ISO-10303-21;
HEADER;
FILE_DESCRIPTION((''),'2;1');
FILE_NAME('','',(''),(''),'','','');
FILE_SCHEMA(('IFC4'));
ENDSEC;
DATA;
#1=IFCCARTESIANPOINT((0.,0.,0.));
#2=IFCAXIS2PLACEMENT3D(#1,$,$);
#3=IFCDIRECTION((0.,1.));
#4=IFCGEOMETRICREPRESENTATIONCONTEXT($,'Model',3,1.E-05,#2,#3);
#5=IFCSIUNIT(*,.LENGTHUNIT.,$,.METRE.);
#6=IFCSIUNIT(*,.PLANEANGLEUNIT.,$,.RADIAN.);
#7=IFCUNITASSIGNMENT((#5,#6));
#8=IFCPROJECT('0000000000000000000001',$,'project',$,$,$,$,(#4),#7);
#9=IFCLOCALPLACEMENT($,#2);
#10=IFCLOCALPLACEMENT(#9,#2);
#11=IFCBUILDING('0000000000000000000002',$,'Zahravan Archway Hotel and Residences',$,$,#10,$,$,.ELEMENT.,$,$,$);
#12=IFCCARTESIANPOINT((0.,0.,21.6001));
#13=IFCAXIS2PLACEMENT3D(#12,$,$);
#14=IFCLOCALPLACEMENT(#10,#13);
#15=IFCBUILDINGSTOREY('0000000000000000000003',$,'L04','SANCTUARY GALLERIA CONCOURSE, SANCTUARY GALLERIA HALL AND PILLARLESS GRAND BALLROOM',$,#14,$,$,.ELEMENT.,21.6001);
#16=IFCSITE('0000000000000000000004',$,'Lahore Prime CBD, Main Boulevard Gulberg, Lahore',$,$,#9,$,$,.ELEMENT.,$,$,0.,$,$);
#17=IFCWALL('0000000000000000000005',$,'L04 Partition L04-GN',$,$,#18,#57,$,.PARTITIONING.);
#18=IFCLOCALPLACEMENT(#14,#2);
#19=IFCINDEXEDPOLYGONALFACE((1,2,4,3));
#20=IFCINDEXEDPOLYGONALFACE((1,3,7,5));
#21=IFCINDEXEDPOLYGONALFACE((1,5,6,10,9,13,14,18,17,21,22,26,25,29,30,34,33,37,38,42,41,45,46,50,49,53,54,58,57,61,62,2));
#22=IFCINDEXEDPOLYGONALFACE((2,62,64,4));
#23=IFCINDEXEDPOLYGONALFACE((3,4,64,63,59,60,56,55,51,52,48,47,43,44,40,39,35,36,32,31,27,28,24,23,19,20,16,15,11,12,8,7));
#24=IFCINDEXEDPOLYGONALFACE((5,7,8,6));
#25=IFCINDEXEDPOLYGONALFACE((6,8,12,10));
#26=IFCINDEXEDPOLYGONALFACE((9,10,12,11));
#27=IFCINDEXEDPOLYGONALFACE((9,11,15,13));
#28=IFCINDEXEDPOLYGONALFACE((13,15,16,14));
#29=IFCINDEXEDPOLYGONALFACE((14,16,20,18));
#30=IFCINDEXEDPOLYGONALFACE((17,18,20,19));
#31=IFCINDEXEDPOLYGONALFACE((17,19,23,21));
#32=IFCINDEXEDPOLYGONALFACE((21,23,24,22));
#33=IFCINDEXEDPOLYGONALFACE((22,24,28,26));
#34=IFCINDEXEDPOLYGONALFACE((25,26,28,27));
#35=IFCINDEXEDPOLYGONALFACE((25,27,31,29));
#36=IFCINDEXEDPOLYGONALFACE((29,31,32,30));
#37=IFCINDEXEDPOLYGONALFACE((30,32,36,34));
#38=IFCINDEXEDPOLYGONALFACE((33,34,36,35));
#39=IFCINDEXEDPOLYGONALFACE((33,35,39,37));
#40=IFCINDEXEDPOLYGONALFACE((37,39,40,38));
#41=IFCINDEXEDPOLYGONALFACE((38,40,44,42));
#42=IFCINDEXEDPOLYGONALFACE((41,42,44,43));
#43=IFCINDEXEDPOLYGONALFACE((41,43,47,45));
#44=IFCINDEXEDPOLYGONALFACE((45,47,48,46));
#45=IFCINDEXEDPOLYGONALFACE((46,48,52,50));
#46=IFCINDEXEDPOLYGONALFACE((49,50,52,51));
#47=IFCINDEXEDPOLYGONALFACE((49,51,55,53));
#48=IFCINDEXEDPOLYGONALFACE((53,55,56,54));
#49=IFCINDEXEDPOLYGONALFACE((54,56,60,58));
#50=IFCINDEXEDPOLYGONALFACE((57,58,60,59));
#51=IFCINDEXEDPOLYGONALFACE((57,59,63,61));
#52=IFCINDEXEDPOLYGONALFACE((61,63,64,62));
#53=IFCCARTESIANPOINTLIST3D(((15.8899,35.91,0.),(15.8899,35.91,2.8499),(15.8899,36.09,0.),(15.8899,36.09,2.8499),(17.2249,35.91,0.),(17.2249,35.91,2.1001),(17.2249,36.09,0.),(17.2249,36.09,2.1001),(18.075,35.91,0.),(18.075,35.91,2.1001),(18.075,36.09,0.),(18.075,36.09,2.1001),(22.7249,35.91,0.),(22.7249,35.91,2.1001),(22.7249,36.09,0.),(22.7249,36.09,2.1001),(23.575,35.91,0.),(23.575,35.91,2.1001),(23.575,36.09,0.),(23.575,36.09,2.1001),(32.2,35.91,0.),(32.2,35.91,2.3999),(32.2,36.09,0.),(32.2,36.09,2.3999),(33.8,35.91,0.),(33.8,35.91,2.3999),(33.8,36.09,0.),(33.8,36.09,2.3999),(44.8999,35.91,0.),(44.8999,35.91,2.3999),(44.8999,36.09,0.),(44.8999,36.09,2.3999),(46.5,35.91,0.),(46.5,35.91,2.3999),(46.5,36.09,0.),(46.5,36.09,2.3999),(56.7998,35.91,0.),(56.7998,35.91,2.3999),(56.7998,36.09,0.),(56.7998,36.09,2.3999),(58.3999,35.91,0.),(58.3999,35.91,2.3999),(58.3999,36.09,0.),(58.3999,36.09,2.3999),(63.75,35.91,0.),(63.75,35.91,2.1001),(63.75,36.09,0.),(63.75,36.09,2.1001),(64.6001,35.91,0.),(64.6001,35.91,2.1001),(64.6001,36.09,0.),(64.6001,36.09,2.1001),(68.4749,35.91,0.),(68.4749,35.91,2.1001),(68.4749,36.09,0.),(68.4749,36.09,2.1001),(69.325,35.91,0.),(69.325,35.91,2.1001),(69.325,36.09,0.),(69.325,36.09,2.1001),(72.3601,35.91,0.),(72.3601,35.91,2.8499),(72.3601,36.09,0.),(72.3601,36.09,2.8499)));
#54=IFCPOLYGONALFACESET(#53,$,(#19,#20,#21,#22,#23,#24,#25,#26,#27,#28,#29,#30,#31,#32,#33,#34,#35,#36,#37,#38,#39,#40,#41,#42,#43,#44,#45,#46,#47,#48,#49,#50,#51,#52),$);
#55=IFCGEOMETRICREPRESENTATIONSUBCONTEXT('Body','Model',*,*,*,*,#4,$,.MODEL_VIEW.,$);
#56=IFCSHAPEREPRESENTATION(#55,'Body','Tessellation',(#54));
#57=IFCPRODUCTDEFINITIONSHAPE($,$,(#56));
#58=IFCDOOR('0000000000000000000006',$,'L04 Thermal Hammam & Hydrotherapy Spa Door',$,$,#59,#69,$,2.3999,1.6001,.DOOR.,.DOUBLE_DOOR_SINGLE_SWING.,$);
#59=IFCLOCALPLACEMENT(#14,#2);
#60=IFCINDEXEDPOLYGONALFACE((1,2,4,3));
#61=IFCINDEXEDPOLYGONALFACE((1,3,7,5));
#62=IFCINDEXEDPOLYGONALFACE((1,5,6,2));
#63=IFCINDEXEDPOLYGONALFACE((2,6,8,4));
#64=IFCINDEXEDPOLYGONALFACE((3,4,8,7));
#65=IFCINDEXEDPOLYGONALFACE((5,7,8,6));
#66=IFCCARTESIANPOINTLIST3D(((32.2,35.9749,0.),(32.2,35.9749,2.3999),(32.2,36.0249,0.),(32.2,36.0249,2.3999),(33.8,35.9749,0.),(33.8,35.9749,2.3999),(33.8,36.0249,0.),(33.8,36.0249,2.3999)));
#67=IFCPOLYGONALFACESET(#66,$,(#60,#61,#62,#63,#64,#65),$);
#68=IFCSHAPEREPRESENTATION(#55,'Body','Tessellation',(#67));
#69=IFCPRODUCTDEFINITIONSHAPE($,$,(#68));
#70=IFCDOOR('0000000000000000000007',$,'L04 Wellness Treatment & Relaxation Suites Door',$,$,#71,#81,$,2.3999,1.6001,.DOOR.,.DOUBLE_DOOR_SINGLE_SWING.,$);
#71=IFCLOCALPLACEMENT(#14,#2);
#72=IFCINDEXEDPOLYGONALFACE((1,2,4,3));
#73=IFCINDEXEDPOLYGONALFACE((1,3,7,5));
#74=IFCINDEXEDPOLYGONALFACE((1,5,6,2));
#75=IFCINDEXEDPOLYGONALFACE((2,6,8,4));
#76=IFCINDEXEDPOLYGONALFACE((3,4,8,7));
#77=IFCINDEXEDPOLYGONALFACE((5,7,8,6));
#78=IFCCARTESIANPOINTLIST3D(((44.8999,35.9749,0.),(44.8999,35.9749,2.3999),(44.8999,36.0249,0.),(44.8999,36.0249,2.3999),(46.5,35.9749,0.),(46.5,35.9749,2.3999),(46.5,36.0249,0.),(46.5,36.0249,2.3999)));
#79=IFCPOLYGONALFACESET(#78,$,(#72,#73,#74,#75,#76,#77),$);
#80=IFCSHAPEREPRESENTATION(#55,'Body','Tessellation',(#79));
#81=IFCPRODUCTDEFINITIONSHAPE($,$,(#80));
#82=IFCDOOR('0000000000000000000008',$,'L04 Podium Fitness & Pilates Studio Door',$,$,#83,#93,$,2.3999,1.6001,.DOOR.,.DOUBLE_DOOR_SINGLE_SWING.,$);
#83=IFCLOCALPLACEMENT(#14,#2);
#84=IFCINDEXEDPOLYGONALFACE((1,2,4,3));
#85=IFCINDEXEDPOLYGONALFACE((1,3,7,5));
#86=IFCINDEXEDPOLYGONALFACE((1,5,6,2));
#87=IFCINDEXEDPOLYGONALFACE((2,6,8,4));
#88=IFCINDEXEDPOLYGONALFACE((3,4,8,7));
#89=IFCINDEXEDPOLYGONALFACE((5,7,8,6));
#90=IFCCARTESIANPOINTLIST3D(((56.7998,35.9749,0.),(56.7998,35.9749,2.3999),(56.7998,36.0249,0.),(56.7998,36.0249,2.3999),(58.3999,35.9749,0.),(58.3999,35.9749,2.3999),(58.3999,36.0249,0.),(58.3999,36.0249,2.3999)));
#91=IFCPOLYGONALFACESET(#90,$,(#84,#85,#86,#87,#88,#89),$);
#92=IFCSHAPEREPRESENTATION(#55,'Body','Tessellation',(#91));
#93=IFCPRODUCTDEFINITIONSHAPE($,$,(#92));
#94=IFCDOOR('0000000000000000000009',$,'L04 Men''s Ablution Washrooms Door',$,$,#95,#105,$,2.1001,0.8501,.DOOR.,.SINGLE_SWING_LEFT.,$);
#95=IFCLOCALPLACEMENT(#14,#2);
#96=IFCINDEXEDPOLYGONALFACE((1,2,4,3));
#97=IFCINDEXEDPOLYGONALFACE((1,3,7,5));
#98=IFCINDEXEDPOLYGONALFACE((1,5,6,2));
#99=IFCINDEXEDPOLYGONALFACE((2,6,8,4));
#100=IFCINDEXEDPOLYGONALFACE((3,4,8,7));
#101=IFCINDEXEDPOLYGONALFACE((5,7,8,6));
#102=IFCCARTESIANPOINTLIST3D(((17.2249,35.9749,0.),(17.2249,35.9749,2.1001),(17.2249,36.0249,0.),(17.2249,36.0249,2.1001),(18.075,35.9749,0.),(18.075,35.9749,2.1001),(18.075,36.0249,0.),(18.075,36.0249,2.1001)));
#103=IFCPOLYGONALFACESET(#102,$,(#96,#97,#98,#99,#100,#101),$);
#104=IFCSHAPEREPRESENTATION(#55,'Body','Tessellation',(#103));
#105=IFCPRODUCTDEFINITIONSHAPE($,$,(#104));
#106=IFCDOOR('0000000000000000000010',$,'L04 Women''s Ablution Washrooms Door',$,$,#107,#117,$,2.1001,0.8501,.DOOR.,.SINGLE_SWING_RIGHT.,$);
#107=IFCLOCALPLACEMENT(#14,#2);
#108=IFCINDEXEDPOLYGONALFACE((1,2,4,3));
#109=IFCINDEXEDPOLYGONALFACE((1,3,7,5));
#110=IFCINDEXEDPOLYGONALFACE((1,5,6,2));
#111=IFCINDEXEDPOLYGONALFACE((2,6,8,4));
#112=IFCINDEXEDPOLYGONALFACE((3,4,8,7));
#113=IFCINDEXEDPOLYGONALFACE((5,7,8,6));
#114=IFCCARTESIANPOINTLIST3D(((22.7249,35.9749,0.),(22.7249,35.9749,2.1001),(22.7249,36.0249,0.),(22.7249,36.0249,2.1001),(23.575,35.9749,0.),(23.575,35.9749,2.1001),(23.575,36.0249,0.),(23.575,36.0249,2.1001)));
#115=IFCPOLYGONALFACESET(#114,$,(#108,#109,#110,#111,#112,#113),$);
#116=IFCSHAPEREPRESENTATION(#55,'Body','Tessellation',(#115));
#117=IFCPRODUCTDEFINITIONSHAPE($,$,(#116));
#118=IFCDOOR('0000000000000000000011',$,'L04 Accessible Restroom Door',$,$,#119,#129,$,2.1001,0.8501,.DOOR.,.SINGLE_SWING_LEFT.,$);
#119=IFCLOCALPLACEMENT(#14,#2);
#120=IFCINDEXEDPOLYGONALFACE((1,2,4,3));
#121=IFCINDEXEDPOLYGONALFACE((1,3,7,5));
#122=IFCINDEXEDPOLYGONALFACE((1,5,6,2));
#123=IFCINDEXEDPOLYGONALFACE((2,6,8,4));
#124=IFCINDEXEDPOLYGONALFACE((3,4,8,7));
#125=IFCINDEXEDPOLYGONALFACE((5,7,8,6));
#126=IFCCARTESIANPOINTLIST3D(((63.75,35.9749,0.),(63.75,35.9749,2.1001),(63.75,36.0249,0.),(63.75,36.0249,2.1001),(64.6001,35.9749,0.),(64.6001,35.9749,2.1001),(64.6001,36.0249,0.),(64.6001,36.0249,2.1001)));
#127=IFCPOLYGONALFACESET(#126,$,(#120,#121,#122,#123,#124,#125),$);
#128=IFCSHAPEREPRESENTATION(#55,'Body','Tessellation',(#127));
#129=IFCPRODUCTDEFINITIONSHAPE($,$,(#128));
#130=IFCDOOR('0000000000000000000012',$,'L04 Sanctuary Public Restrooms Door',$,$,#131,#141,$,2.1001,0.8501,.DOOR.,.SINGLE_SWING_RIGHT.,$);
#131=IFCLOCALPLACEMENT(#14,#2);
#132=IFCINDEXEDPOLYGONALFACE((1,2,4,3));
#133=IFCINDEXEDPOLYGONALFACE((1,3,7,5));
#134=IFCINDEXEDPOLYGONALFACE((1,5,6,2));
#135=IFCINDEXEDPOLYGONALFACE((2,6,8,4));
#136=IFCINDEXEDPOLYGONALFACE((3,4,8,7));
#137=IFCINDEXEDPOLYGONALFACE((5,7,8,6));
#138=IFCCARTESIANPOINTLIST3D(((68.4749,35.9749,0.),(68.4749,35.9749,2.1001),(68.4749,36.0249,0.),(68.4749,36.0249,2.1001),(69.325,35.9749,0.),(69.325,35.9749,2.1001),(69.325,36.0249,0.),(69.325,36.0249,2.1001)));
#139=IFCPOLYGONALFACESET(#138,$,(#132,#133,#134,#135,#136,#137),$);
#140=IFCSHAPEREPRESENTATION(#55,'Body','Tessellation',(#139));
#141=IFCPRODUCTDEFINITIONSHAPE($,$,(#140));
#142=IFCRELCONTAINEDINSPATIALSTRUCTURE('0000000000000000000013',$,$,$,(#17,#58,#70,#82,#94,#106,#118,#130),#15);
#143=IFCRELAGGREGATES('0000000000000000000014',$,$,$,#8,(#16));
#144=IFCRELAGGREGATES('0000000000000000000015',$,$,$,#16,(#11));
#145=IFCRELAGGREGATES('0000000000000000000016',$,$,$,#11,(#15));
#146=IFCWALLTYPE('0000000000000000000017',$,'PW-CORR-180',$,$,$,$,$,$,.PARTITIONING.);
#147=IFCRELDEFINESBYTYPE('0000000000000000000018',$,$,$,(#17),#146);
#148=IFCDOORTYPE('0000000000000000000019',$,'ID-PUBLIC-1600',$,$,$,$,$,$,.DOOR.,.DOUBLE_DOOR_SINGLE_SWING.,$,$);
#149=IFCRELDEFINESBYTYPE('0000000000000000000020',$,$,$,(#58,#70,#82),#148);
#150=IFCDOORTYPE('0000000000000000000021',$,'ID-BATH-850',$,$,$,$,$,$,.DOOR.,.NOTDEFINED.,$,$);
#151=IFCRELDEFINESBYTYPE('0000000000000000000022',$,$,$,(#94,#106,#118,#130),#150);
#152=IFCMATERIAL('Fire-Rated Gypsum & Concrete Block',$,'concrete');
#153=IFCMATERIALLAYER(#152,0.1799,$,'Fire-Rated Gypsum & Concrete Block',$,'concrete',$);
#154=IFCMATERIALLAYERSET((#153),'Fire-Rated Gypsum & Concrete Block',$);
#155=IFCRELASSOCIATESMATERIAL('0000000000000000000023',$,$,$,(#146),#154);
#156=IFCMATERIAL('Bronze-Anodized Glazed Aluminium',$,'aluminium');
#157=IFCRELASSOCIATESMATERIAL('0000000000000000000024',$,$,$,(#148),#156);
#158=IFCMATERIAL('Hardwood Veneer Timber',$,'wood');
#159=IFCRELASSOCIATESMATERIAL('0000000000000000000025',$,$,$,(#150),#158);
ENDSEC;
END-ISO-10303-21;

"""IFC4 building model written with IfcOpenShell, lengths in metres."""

from ifc_helpers import new_model, si_unit, direction, frame, frame_2d, origin, place, context, subcontext, project, spatial, rectangle, extrude, source, transform, mapped, material, layer, layer_set, type_object, type_shapes, element, fill, save


model = new_model("IFC4")

# Units and contexts
model_context = context("Model", 3, precision=1e-05, world=origin(), true_north=direction((0.0, 1.0)))
body_context = subcontext(model_context, "Body", "Model", "MODEL_VIEW")
ifc_project = project(units=[si_unit("LENGTHUNIT", "METRE"), si_unit("PLANEANGLEUNIT", "RADIAN")], contexts=[model_context])

# Site, building, storey
site_placement = place(None, origin())
site = spatial("IfcSite", under=ifc_project, at=site_placement, Name="Lahore Prime CBD, Main Boulevard Gulberg, Lahore", CompositionType="ELEMENT", RefElevation=0.0)
building_placement = place(site_placement, origin())
building = spatial("IfcBuilding", under=site, at=building_placement, Name="Zahravan Archway Hotel and Residences", CompositionType="ELEMENT")
storey_placement = place(building_placement, frame((0.0, 0.0, 21.6001)))
storey = spatial("IfcBuildingStorey", under=building, at=storey_placement, Name="L04", Description="SANCTUARY GALLERIA CONCOURSE, SANCTUARY GALLERIA HALL AND PILLARLESS GRAND BALLROOM", CompositionType="ELEMENT", Elevation=21.6001)

# Wall, openings, doors
ifc_material_1 = material(Name="Fire-Rated Gypsum & Concrete Block", Category="concrete")
ifc_layer_1 = layer(ifc_material_1, 0.1799, Name="Fire-Rated Gypsum & Concrete Block", Category="concrete")
ifc_layer_set_1 = layer_set([ifc_layer_1], Name="Fire-Rated Gypsum & Concrete Block")
wall_type_1 = type_object("IfcWallType", Name="PW-CORR-180", PredefinedType="PARTITIONING", material=ifc_layer_set_1)
wall_1_placement = place(storey_placement, frame((15.8899, 36.0, 0.0), z_axis=(0.0, 0.0, 1.0), x_axis=(1.0, 0.0, 0.0)))
wall_1 = element("IfcWall", 1, at=wall_1_placement, inside=storey, type_object=wall_type_1, Name="L04 Partition L04-GN", PredefinedType="PARTITIONING", context=body_context, shape_type="SweptSolid", body=[
    extrude(rectangle(XDim=56.4702, YDim=0.1799, at=frame_2d((28.2351, 0.0))), origin(), (0.0, 0.0, 1.0), 2.8499),
])
opening_1_placement = place(wall_1_placement, frame((1.335, 0.0, 0.0)))
opening_1 = element("IfcOpeningElement", 2, at=opening_1_placement, cuts=wall_1, PredefinedType="OPENING", context=body_context, shape_type="SweptSolid", body=[
    extrude(rectangle(XDim=0.8501, YDim=2.1001, at=frame_2d((0.425, 1.05))), frame((0.0, 0.1001, 0.0), z_axis=(0.0, -1.0, 0.0), x_axis=(1.0, 0.0, 0.0)), (0.0, 0.0, 1.0), 0.2),
])
opening_2_placement = place(wall_1_placement, frame((6.835, 0.0, 0.0)))
opening_2 = element("IfcOpeningElement", 3, at=opening_2_placement, cuts=wall_1, PredefinedType="OPENING", context=body_context, shape_type="SweptSolid", body=[
    extrude(rectangle(XDim=0.8501, YDim=2.1001, at=frame_2d((0.425, 1.05))), frame((0.0, 0.1001, 0.0), z_axis=(0.0, -1.0, 0.0), x_axis=(1.0, 0.0, 0.0)), (0.0, 0.0, 1.0), 0.2),
])
opening_3_placement = place(wall_1_placement, frame((16.3101, 0.0, 0.0)))
opening_3 = element("IfcOpeningElement", 4, at=opening_3_placement, cuts=wall_1, PredefinedType="OPENING", context=body_context, shape_type="SweptSolid", body=[
    extrude(rectangle(XDim=1.6001, YDim=2.3999, at=frame_2d((0.8, 1.2))), frame((0.0, 0.1001, 0.0), z_axis=(0.0, -1.0, 0.0), x_axis=(1.0, 0.0, 0.0)), (0.0, 0.0, 1.0), 0.2),
])
opening_4_placement = place(wall_1_placement, frame((29.01, 0.0, 0.0)))
opening_4 = element("IfcOpeningElement", 5, at=opening_4_placement, cuts=wall_1, PredefinedType="OPENING", context=body_context, shape_type="SweptSolid", body=[
    extrude(rectangle(XDim=1.6001, YDim=2.3999, at=frame_2d((0.8, 1.2))), frame((0.0, 0.1001, 0.0), z_axis=(0.0, -1.0, 0.0), x_axis=(1.0, 0.0, 0.0)), (0.0, 0.0, 1.0), 0.2),
])
opening_5_placement = place(wall_1_placement, frame((40.9099, 0.0, 0.0)))
opening_5 = element("IfcOpeningElement", 6, at=opening_5_placement, cuts=wall_1, PredefinedType="OPENING", context=body_context, shape_type="SweptSolid", body=[
    extrude(rectangle(XDim=1.6001, YDim=2.3999, at=frame_2d((0.8, 1.2))), frame((0.0, 0.1001, 0.0), z_axis=(0.0, -1.0, 0.0), x_axis=(1.0, 0.0, 0.0)), (0.0, 0.0, 1.0), 0.2),
])
opening_6_placement = place(wall_1_placement, frame((47.8601, 0.0, 0.0)))
opening_6 = element("IfcOpeningElement", 7, at=opening_6_placement, cuts=wall_1, PredefinedType="OPENING", context=body_context, shape_type="SweptSolid", body=[
    extrude(rectangle(XDim=0.8501, YDim=2.1001, at=frame_2d((0.425, 1.05))), frame((0.0, 0.1001, 0.0), z_axis=(0.0, -1.0, 0.0), x_axis=(1.0, 0.0, 0.0)), (0.0, 0.0, 1.0), 0.2),
])
opening_7_placement = place(wall_1_placement, frame((52.585, 0.0, 0.0)))
opening_7 = element("IfcOpeningElement", 8, at=opening_7_placement, cuts=wall_1, PredefinedType="OPENING", context=body_context, shape_type="SweptSolid", body=[
    extrude(rectangle(XDim=0.8501, YDim=2.1001, at=frame_2d((0.425, 1.05))), frame((0.0, 0.1001, 0.0), z_axis=(0.0, -1.0, 0.0), x_axis=(1.0, 0.0, 0.0)), (0.0, 0.0, 1.0), 0.2),
])
ifc_material_2 = material(Name="Bronze-Anodized Glazed Aluminium", Category="aluminium")
door_type_1 = type_object("IfcDoorType", Name="ID-PUBLIC-1600", OperationType="DOUBLE_DOOR_SINGLE_SWING", PredefinedType="DOOR", material=ifc_material_2)
shared_shape_1 = source(origin(), body_context, "Body", "SweptSolid", [
    extrude(rectangle(XDim=1.6001, YDim=2.3999, at=frame_2d((0.8, 1.2))), frame((0.0, 0.0249, 0.0), z_axis=(0.0, -1.0, 0.0), x_axis=(1.0, 0.0, 0.0)), (0.0, 0.0, 1.0), 0.05),
])
type_shapes(door_type_1, [shared_shape_1])
door_1_placement = place(opening_3_placement, origin())
door_1 = element("IfcDoor", 9, at=door_1_placement, inside=storey, type_object=door_type_1, Name="L04 Thermal Hammam & Hydrotherapy Spa Door", OperationType="DOUBLE_DOOR_SINGLE_SWING", OverallHeight=2.3999, OverallWidth=1.6001, PredefinedType="DOOR", context=body_context, shape_type="MappedRepresentation", body=[
    mapped(shared_shape_1, transform((0.0, 0.0, 0.0), scale=1.0)),
])
fill(opening_3, door_1)
door_2_placement = place(opening_4_placement, origin())
door_2 = element("IfcDoor", 10, at=door_2_placement, inside=storey, type_object=door_type_1, Name="L04 Wellness Treatment & Relaxation Suites Door", OperationType="DOUBLE_DOOR_SINGLE_SWING", OverallHeight=2.3999, OverallWidth=1.6001, PredefinedType="DOOR", context=body_context, shape_type="MappedRepresentation", body=[
    mapped(shared_shape_1, transform((0.0, 0.0, 0.0), scale=1.0)),
])
fill(opening_4, door_2)
door_3_placement = place(opening_5_placement, origin())
door_3 = element("IfcDoor", 11, at=door_3_placement, inside=storey, type_object=door_type_1, Name="L04 Podium Fitness & Pilates Studio Door", OperationType="DOUBLE_DOOR_SINGLE_SWING", OverallHeight=2.3999, OverallWidth=1.6001, PredefinedType="DOOR", context=body_context, shape_type="MappedRepresentation", body=[
    mapped(shared_shape_1, transform((0.0, 0.0, 0.0), scale=1.0)),
])
fill(opening_5, door_3)
ifc_material_3 = material(Name="Hardwood Veneer Timber", Category="wood")
door_type_2 = type_object("IfcDoorType", Name="ID-BATH-850", OperationType="NOTDEFINED", PredefinedType="DOOR", material=ifc_material_3)
shared_shape_2 = source(origin(), body_context, "Body", "SweptSolid", [
    extrude(rectangle(XDim=0.8501, YDim=2.1001, at=frame_2d((0.425, 1.05))), frame((0.0, 0.0249, 0.0), z_axis=(0.0, -1.0, 0.0), x_axis=(1.0, 0.0, 0.0)), (0.0, 0.0, 1.0), 0.05),
])
type_shapes(door_type_2, [shared_shape_2])
door_4_placement = place(opening_1_placement, origin())
door_4 = element("IfcDoor", 12, at=door_4_placement, inside=storey, type_object=door_type_2, Name="L04 Men's Ablution Washrooms Door", OperationType="SINGLE_SWING_LEFT", OverallHeight=2.1001, OverallWidth=0.8501, PredefinedType="DOOR", context=body_context, shape_type="MappedRepresentation", body=[
    mapped(shared_shape_2, transform((0.0, 0.0, 0.0), scale=1.0)),
])
fill(opening_1, door_4)
door_5_placement = place(opening_2_placement, origin())
door_5 = element("IfcDoor", 13, at=door_5_placement, inside=storey, type_object=door_type_2, Name="L04 Women's Ablution Washrooms Door", OperationType="SINGLE_SWING_RIGHT", OverallHeight=2.1001, OverallWidth=0.8501, PredefinedType="DOOR", context=body_context, shape_type="MappedRepresentation", body=[
    mapped(shared_shape_2, transform((0.0, 0.0, 0.0), scale=1.0)),
])
fill(opening_2, door_5)
door_6_placement = place(opening_6_placement, origin())
door_6 = element("IfcDoor", 14, at=door_6_placement, inside=storey, type_object=door_type_2, Name="L04 Accessible Restroom Door", OperationType="SINGLE_SWING_LEFT", OverallHeight=2.1001, OverallWidth=0.8501, PredefinedType="DOOR", context=body_context, shape_type="MappedRepresentation", body=[
    mapped(shared_shape_2, transform((0.0, 0.0, 0.0), scale=1.0)),
])
fill(opening_6, door_6)
door_7_placement = place(opening_7_placement, origin())
door_7 = element("IfcDoor", 15, at=door_7_placement, inside=storey, type_object=door_type_2, Name="L04 Sanctuary Public Restrooms Door", OperationType="SINGLE_SWING_RIGHT", OverallHeight=2.1001, OverallWidth=0.8501, PredefinedType="DOOR", context=body_context, shape_type="MappedRepresentation", body=[
    mapped(shared_shape_2, transform((0.0, 0.0, 0.0), scale=1.0)),
])
fill(opening_7, door_7)

save(model, "model.ifc")
